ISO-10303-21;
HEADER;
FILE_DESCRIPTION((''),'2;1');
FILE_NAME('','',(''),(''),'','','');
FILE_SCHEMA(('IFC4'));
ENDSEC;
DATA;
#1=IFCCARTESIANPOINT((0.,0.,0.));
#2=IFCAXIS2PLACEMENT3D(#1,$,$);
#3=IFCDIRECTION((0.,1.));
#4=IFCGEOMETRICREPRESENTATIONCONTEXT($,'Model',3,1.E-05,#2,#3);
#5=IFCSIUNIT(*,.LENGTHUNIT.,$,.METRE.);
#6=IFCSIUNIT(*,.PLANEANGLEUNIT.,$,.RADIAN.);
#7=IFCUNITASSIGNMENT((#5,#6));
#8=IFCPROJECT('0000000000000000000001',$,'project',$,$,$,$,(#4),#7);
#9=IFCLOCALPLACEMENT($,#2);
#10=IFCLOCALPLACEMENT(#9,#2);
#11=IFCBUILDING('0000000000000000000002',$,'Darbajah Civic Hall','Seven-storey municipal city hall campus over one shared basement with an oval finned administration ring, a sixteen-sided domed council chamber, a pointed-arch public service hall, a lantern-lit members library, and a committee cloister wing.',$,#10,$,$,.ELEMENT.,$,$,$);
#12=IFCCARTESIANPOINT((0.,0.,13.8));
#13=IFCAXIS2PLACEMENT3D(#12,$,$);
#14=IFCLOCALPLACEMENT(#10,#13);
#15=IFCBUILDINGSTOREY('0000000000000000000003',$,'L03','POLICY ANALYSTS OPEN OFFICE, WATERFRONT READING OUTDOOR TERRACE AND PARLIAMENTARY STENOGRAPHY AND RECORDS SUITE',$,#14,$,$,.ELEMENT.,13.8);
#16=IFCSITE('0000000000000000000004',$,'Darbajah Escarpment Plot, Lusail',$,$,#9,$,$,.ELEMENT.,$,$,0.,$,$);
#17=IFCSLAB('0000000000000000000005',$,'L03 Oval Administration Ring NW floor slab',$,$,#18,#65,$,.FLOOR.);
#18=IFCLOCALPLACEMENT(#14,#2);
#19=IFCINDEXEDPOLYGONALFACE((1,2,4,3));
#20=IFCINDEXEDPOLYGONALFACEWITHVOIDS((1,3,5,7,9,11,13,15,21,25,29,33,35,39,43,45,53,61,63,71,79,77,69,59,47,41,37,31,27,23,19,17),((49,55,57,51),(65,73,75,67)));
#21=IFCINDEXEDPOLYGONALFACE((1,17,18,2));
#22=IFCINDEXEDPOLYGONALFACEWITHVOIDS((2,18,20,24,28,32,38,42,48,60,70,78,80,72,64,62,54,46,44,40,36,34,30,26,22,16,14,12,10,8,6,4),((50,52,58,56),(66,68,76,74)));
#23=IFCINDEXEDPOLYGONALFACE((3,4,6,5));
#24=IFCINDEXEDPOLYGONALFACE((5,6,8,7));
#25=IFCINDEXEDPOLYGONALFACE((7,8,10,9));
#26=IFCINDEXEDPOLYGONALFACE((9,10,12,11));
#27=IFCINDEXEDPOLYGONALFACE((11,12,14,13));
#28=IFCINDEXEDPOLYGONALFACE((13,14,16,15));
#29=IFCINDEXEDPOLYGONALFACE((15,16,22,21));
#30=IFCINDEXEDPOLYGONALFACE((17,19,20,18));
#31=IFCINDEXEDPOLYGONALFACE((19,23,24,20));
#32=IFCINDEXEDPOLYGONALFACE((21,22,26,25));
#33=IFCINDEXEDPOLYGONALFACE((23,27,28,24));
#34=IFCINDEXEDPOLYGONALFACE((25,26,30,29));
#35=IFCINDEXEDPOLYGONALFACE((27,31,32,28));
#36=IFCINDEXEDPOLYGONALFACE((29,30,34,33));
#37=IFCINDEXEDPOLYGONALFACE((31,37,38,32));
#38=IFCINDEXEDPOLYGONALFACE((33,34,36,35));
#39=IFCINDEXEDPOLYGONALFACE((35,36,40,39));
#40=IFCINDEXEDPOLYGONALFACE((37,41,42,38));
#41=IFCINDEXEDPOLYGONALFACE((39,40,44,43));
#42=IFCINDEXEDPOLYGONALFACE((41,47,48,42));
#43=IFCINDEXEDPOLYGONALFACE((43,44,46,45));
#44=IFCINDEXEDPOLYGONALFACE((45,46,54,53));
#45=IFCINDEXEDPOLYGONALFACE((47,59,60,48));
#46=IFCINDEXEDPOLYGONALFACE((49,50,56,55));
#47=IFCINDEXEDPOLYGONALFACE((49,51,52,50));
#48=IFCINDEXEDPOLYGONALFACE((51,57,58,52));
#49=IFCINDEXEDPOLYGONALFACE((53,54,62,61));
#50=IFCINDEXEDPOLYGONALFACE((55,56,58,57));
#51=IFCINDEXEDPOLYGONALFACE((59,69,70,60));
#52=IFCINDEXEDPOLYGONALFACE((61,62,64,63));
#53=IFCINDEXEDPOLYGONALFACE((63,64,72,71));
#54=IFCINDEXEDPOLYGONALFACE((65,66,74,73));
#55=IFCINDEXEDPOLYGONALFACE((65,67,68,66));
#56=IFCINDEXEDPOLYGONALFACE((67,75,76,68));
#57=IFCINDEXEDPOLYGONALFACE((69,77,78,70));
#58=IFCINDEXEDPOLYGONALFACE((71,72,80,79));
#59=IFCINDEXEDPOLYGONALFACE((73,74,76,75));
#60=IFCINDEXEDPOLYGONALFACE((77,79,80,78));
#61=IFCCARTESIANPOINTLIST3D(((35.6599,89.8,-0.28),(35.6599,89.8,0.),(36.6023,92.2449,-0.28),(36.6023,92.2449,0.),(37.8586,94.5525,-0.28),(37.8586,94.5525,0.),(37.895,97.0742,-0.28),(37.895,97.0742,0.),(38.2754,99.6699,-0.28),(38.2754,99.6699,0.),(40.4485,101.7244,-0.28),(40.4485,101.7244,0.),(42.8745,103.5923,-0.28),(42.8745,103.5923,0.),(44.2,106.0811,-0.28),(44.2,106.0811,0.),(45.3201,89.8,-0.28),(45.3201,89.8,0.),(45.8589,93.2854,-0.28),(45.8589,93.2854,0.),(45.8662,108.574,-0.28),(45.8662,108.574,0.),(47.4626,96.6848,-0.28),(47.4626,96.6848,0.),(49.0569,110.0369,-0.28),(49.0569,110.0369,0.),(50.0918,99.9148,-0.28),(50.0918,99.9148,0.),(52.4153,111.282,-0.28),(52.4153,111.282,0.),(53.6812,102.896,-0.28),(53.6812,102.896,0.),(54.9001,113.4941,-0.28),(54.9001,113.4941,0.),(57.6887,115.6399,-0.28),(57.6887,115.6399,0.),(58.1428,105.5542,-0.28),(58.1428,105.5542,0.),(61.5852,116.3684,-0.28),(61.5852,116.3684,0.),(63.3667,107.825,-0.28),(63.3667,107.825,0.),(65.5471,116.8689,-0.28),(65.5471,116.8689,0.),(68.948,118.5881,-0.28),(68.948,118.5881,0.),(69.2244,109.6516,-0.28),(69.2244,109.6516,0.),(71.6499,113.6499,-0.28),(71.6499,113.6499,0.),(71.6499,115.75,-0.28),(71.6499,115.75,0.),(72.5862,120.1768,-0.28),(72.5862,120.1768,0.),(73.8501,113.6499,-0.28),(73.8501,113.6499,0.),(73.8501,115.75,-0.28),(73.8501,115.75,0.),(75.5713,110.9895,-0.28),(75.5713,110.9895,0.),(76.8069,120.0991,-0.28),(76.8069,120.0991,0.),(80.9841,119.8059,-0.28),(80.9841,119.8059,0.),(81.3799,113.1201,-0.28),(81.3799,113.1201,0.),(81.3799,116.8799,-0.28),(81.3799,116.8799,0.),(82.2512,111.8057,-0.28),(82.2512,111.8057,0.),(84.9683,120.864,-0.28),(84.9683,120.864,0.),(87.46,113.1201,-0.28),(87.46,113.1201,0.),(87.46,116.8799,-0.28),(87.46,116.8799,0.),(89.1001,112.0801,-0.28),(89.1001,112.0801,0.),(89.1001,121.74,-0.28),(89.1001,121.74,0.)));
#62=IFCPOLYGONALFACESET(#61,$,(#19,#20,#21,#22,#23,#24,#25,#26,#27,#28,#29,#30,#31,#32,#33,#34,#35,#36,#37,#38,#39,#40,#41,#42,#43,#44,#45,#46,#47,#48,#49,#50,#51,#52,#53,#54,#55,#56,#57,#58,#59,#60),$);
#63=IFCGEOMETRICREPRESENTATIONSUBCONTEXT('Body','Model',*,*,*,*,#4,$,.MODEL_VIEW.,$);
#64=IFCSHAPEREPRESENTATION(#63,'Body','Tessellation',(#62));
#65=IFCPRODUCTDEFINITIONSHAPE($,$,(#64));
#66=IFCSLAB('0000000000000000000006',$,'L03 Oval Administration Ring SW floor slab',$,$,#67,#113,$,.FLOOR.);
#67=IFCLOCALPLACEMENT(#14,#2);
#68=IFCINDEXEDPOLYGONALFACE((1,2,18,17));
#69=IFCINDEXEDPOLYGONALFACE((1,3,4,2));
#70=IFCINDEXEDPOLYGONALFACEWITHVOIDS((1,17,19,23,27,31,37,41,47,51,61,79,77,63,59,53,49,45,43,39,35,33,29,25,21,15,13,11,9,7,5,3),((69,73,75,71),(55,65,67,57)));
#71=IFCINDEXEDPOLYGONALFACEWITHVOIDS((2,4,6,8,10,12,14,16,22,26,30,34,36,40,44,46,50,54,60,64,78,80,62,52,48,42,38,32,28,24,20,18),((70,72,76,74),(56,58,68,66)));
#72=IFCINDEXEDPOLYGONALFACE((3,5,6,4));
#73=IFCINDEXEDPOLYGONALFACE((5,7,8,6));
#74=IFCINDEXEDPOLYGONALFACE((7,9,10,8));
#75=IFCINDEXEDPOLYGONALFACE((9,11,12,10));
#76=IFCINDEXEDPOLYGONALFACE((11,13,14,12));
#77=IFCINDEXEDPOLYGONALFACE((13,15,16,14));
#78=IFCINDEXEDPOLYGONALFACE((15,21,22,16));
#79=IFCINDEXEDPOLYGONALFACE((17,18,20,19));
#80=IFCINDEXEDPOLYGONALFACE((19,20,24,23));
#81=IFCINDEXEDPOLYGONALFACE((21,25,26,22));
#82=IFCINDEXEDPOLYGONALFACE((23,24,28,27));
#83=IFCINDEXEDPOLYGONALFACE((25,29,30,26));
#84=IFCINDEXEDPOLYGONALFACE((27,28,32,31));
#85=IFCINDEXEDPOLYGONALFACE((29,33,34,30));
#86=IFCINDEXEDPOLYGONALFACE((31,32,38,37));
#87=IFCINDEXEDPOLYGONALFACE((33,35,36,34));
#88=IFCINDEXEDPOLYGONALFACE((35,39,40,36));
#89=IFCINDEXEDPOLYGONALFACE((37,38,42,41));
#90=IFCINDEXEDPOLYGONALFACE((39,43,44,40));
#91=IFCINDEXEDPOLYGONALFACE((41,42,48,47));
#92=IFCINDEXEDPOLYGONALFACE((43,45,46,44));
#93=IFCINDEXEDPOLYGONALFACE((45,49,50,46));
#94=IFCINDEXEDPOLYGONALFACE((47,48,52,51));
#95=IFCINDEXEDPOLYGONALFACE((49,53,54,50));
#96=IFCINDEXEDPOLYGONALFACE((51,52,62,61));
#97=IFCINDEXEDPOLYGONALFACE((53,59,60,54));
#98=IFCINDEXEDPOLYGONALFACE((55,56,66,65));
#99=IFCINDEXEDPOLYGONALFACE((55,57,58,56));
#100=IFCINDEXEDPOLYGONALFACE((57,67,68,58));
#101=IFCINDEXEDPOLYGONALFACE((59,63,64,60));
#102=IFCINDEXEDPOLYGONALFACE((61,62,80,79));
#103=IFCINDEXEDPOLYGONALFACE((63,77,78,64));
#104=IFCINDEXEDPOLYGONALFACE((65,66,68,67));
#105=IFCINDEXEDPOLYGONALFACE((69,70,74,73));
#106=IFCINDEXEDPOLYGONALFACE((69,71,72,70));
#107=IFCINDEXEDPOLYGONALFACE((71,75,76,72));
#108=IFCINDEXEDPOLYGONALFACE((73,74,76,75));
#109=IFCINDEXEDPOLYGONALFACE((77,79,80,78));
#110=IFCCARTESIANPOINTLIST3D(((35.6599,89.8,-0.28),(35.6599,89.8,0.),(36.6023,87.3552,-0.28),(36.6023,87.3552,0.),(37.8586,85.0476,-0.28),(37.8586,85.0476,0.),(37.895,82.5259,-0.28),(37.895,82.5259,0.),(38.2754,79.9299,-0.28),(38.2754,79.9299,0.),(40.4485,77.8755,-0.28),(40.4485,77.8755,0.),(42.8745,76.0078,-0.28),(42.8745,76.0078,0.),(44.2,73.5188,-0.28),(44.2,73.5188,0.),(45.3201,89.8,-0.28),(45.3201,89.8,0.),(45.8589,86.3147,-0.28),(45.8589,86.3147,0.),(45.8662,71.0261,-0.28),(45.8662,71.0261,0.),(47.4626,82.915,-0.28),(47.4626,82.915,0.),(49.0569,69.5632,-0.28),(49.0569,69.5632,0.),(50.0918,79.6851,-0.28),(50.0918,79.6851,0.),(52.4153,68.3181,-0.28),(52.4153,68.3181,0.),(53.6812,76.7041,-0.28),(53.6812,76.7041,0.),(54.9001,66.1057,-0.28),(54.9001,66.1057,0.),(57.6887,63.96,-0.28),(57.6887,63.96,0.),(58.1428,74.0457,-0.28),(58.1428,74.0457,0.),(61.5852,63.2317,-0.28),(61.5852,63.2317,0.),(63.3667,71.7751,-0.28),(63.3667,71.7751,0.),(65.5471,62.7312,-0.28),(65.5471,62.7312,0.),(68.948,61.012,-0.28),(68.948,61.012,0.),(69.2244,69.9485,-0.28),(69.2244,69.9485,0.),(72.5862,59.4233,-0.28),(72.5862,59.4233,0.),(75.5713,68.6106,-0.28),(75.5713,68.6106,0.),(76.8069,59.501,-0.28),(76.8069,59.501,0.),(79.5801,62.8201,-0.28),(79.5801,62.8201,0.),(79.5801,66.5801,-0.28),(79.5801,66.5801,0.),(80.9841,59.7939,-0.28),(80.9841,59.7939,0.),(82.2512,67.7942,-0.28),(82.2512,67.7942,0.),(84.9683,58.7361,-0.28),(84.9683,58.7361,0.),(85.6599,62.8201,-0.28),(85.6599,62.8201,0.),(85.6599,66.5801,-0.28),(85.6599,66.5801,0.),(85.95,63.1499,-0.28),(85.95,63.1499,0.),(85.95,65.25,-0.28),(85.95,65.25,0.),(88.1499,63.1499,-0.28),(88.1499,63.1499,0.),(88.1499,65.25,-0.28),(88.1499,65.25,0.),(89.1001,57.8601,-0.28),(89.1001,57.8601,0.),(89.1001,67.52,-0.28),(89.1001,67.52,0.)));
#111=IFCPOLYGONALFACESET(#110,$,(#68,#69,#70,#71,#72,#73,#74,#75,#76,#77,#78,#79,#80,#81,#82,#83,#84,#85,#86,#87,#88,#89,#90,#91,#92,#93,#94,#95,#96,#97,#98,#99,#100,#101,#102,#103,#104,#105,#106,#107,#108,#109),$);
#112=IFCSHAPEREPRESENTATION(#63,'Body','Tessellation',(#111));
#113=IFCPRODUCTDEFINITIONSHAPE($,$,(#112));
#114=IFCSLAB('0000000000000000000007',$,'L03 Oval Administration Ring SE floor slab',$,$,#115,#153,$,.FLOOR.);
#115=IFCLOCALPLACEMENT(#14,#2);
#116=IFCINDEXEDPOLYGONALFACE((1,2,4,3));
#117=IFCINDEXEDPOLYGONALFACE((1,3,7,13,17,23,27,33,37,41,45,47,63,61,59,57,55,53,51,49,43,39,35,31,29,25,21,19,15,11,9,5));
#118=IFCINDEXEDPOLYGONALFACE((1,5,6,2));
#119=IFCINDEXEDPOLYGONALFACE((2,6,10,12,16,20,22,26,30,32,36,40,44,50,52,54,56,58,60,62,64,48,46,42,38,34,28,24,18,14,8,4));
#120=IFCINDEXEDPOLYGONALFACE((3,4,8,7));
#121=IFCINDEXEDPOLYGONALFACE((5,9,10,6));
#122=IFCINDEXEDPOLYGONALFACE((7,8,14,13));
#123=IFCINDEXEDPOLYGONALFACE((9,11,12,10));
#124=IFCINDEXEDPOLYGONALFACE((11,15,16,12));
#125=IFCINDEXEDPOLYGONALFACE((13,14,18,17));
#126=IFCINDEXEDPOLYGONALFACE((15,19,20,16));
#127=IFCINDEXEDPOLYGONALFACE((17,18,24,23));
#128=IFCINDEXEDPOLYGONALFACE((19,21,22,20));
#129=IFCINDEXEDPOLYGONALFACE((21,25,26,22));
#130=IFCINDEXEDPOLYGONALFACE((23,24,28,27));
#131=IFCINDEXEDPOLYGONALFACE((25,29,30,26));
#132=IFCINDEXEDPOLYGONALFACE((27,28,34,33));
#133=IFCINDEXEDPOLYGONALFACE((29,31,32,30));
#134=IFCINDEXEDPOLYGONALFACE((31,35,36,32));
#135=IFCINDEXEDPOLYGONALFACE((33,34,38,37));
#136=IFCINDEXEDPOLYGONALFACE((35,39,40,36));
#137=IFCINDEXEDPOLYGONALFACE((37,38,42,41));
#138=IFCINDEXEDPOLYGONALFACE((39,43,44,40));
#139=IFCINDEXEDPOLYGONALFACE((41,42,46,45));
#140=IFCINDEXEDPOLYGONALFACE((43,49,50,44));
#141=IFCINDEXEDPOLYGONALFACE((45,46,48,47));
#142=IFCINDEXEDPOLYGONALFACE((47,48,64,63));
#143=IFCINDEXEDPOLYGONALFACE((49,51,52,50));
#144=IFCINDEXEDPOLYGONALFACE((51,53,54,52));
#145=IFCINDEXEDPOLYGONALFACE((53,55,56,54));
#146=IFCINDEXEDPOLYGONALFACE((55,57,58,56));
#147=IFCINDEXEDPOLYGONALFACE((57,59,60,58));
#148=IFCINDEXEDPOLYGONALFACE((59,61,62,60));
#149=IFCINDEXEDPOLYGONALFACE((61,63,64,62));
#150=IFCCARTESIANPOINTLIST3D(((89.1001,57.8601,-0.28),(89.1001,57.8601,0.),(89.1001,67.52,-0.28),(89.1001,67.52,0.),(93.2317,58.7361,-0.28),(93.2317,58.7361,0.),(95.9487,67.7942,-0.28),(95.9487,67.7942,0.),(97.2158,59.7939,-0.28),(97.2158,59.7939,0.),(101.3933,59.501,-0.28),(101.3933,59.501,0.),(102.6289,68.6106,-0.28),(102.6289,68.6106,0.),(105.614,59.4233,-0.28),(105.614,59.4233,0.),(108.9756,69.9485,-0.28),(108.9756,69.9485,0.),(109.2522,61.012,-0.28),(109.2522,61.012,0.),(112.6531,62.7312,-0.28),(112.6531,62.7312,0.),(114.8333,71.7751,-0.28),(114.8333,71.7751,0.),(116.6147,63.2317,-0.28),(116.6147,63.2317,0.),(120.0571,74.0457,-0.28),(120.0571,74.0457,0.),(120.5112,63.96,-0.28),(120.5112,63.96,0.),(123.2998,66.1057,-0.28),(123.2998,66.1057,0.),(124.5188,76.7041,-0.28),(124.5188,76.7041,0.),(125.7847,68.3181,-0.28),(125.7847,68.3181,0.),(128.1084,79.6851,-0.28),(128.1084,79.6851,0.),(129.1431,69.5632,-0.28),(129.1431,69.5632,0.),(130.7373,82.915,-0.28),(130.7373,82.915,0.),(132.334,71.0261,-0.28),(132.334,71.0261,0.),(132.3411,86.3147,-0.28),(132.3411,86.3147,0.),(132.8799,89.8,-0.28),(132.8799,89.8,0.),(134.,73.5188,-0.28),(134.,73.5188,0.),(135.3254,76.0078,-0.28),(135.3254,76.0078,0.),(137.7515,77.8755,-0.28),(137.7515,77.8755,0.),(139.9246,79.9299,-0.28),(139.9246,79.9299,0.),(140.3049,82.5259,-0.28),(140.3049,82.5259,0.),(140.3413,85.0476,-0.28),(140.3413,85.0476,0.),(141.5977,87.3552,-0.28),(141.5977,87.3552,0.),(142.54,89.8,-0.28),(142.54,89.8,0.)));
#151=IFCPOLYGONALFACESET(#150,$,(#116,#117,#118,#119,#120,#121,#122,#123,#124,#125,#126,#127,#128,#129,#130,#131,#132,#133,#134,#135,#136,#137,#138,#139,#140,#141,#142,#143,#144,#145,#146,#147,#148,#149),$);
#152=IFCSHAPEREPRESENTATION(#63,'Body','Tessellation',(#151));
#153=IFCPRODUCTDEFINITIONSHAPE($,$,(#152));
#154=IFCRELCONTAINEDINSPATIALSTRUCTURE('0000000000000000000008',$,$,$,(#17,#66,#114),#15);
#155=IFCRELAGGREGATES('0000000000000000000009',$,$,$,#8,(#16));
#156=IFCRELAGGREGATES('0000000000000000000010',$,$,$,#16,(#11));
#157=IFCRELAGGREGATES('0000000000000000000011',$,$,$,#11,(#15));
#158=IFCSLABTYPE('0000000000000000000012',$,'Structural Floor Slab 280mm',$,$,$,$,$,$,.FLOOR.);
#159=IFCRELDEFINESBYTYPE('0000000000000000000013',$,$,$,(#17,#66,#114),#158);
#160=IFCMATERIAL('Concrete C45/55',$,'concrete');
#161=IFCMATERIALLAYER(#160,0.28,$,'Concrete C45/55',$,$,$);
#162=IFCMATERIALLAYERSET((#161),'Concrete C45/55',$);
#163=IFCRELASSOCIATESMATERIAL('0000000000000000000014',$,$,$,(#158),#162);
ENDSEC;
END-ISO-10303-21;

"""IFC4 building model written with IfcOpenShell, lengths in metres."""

from ifc_helpers import new_model, si_unit, direction, frame, origin, place, context, subcontext, project, spatial, polyline, outline, extrude, material, layer, layer_set, type_object, element, save


model = new_model("IFC4")

# Units and contexts
model_context = context("Model", 3, precision=1e-05, world=origin(), true_north=direction((0.0, 1.0)))
body_context = subcontext(model_context, "Body", "Model", "MODEL_VIEW")
ifc_project = project(units=[si_unit("LENGTHUNIT", "METRE"), si_unit("PLANEANGLEUNIT", "RADIAN")], contexts=[model_context])

# Site, building, storey
site_placement = place(None, origin())
site = spatial("IfcSite", under=ifc_project, at=site_placement, Name="Darbajah Escarpment Plot, Lusail", CompositionType="ELEMENT", RefElevation=0.0)
building_placement = place(site_placement, origin())
building = spatial("IfcBuilding", under=site, at=building_placement, Name="Darbajah Civic Hall", Description="Seven-storey municipal city hall campus over one shared basement with an oval finned administration ring, a sixteen-sided domed council chamber, a pointed-arch public service hall, a lantern-lit members library, and a committee cloister wing.", CompositionType="ELEMENT")
storey_placement = place(building_placement, frame((0.0, 0.0, 13.8)))
storey = spatial("IfcBuildingStorey", under=building, at=storey_placement, Name="L03", Description="POLICY ANALYSTS OPEN OFFICE, WATERFRONT READING OUTDOOR TERRACE AND PARLIAMENTARY STENOGRAPHY AND RECORDS SUITE", CompositionType="ELEMENT", Elevation=13.8)

# Shared definitions
ifc_material_1 = material(Name="Concrete C45/55", Category="concrete")

# Slabs
ifc_layer_1 = layer(ifc_material_1, 0.28, Name="Concrete C45/55")
ifc_layer_set_1 = layer_set([ifc_layer_1], Name="Concrete C45/55")
slab_type_1 = type_object("IfcSlabType", Name="Structural Floor Slab 280mm", PredefinedType="FLOOR", material=ifc_layer_set_1)
slab_1_placement = place(storey_placement, frame((0.0, 0.0, -0.28)))
element("IfcSlab", 1, at=slab_1_placement, inside=storey, type_object=slab_type_1, Name="L03 Oval Administration Ring NW floor slab", PredefinedType="FLOOR", context=body_context, shape_type="SweptSolid", body=[
    extrude(outline(polyline([(89.1001, 121.74), (84.9683, 120.864), (80.9841, 119.8059), (76.8069, 120.0991), (72.5862, 120.1768), (68.948, 118.5881), (65.5471, 116.8689), (61.5852, 116.3684), (57.6887, 115.6399), (54.9001, 113.4941), (52.4153, 111.282), (49.0569, 110.0369), (45.8662, 108.574), (44.2, 106.0811), (42.8745, 103.5923), (40.4485, 101.7244), (38.2754, 99.6699), (37.895, 97.0742), (37.8586, 94.5525), (36.6023, 92.2449), (35.6599, 89.8), (45.3201, 89.8), (45.8589, 93.2854), (47.4626, 96.6848), (50.0918, 99.9148), (53.6812, 102.896), (58.1428, 105.5542), (63.3667, 107.825), (69.2244, 109.6516), (75.5713, 110.9895), (82.2512, 111.8057), (89.1001, 112.0801), (89.1001, 121.74)]), holes=[polyline([(81.3799, 116.8799), (87.46, 116.8799), (87.46, 113.1201), (81.3799, 113.1201), (81.3799, 116.8799)]), polyline([(71.6499, 115.75), (73.8501, 115.75), (73.8501, 113.6499), (71.6499, 113.6499), (71.6499, 115.75)])]), origin(), (0.0, 0.0, 1.0), 0.28),
])
slab_2_placement = place(storey_placement, frame((0.0, 0.0, -0.28)))
element("IfcSlab", 2, at=slab_2_placement, inside=storey, type_object=slab_type_1, Name="L03 Oval Administration Ring SW floor slab", PredefinedType="FLOOR", context=body_context, shape_type="SweptSolid", body=[
    extrude(outline(polyline([(35.6599, 89.8), (36.6023, 87.3552), (37.8586, 85.0476), (37.895, 82.5259), (38.2754, 79.9299), (40.4485, 77.8755), (42.8745, 76.0078), (44.2, 73.5188), (45.8662, 71.0261), (49.0569, 69.5632), (52.4153, 68.3181), (54.9001, 66.1057), (57.6887, 63.96), (61.5852, 63.2317), (65.5471, 62.7312), (68.948, 61.012), (72.5862, 59.4233), (76.8069, 59.501), (80.9841, 59.7939), (84.9683, 58.7361), (89.1001, 57.8601), (89.1001, 67.52), (82.2512, 67.7942), (75.5713, 68.6106), (69.2244, 69.9485), (63.3667, 71.7751), (58.1428, 74.0457), (53.6812, 76.7041), (50.0918, 79.6851), (47.4626, 82.915), (45.8589, 86.3147), (45.3201, 89.8), (35.6599, 89.8)]), holes=[polyline([(79.5801, 66.5801), (85.6599, 66.5801), (85.6599, 62.8201), (79.5801, 62.8201), (79.5801, 66.5801)]), polyline([(85.95, 65.25), (88.1499, 65.25), (88.1499, 63.1499), (85.95, 63.1499), (85.95, 65.25)])]), origin(), (0.0, 0.0, 1.0), 0.28),
])
slab_3_placement = place(storey_placement, frame((0.0, 0.0, -0.28)))
element("IfcSlab", 3, at=slab_3_placement, inside=storey, type_object=slab_type_1, Name="L03 Oval Administration Ring SE floor slab", PredefinedType="FLOOR", context=body_context, shape_type="SweptSolid", body=[
    extrude(outline(polyline([(89.1001, 57.8601), (93.2317, 58.7361), (97.2158, 59.7939), (101.3933, 59.501), (105.614, 59.4233), (109.2522, 61.012), (112.6531, 62.7312), (116.6147, 63.2317), (120.5112, 63.96), (123.2998, 66.1057), (125.7847, 68.3181), (129.1431, 69.5632), (132.334, 71.0261), (134.0, 73.5188), (135.3254, 76.0078), (137.7515, 77.8755), (139.9246, 79.9299), (140.3049, 82.5259), (140.3413, 85.0476), (141.5977, 87.3552), (142.54, 89.8), (132.8799, 89.8), (132.3411, 86.3147), (130.7373, 82.915), (128.1084, 79.6851), (124.5188, 76.7041), (120.0571, 74.0457), (114.8333, 71.7751), (108.9756, 69.9485), (102.6289, 68.6106), (95.9487, 67.7942), (89.1001, 67.52), (89.1001, 57.8601)])), origin(), (0.0, 0.0, 1.0), 0.28),
])

save(model, "model.ifc")
